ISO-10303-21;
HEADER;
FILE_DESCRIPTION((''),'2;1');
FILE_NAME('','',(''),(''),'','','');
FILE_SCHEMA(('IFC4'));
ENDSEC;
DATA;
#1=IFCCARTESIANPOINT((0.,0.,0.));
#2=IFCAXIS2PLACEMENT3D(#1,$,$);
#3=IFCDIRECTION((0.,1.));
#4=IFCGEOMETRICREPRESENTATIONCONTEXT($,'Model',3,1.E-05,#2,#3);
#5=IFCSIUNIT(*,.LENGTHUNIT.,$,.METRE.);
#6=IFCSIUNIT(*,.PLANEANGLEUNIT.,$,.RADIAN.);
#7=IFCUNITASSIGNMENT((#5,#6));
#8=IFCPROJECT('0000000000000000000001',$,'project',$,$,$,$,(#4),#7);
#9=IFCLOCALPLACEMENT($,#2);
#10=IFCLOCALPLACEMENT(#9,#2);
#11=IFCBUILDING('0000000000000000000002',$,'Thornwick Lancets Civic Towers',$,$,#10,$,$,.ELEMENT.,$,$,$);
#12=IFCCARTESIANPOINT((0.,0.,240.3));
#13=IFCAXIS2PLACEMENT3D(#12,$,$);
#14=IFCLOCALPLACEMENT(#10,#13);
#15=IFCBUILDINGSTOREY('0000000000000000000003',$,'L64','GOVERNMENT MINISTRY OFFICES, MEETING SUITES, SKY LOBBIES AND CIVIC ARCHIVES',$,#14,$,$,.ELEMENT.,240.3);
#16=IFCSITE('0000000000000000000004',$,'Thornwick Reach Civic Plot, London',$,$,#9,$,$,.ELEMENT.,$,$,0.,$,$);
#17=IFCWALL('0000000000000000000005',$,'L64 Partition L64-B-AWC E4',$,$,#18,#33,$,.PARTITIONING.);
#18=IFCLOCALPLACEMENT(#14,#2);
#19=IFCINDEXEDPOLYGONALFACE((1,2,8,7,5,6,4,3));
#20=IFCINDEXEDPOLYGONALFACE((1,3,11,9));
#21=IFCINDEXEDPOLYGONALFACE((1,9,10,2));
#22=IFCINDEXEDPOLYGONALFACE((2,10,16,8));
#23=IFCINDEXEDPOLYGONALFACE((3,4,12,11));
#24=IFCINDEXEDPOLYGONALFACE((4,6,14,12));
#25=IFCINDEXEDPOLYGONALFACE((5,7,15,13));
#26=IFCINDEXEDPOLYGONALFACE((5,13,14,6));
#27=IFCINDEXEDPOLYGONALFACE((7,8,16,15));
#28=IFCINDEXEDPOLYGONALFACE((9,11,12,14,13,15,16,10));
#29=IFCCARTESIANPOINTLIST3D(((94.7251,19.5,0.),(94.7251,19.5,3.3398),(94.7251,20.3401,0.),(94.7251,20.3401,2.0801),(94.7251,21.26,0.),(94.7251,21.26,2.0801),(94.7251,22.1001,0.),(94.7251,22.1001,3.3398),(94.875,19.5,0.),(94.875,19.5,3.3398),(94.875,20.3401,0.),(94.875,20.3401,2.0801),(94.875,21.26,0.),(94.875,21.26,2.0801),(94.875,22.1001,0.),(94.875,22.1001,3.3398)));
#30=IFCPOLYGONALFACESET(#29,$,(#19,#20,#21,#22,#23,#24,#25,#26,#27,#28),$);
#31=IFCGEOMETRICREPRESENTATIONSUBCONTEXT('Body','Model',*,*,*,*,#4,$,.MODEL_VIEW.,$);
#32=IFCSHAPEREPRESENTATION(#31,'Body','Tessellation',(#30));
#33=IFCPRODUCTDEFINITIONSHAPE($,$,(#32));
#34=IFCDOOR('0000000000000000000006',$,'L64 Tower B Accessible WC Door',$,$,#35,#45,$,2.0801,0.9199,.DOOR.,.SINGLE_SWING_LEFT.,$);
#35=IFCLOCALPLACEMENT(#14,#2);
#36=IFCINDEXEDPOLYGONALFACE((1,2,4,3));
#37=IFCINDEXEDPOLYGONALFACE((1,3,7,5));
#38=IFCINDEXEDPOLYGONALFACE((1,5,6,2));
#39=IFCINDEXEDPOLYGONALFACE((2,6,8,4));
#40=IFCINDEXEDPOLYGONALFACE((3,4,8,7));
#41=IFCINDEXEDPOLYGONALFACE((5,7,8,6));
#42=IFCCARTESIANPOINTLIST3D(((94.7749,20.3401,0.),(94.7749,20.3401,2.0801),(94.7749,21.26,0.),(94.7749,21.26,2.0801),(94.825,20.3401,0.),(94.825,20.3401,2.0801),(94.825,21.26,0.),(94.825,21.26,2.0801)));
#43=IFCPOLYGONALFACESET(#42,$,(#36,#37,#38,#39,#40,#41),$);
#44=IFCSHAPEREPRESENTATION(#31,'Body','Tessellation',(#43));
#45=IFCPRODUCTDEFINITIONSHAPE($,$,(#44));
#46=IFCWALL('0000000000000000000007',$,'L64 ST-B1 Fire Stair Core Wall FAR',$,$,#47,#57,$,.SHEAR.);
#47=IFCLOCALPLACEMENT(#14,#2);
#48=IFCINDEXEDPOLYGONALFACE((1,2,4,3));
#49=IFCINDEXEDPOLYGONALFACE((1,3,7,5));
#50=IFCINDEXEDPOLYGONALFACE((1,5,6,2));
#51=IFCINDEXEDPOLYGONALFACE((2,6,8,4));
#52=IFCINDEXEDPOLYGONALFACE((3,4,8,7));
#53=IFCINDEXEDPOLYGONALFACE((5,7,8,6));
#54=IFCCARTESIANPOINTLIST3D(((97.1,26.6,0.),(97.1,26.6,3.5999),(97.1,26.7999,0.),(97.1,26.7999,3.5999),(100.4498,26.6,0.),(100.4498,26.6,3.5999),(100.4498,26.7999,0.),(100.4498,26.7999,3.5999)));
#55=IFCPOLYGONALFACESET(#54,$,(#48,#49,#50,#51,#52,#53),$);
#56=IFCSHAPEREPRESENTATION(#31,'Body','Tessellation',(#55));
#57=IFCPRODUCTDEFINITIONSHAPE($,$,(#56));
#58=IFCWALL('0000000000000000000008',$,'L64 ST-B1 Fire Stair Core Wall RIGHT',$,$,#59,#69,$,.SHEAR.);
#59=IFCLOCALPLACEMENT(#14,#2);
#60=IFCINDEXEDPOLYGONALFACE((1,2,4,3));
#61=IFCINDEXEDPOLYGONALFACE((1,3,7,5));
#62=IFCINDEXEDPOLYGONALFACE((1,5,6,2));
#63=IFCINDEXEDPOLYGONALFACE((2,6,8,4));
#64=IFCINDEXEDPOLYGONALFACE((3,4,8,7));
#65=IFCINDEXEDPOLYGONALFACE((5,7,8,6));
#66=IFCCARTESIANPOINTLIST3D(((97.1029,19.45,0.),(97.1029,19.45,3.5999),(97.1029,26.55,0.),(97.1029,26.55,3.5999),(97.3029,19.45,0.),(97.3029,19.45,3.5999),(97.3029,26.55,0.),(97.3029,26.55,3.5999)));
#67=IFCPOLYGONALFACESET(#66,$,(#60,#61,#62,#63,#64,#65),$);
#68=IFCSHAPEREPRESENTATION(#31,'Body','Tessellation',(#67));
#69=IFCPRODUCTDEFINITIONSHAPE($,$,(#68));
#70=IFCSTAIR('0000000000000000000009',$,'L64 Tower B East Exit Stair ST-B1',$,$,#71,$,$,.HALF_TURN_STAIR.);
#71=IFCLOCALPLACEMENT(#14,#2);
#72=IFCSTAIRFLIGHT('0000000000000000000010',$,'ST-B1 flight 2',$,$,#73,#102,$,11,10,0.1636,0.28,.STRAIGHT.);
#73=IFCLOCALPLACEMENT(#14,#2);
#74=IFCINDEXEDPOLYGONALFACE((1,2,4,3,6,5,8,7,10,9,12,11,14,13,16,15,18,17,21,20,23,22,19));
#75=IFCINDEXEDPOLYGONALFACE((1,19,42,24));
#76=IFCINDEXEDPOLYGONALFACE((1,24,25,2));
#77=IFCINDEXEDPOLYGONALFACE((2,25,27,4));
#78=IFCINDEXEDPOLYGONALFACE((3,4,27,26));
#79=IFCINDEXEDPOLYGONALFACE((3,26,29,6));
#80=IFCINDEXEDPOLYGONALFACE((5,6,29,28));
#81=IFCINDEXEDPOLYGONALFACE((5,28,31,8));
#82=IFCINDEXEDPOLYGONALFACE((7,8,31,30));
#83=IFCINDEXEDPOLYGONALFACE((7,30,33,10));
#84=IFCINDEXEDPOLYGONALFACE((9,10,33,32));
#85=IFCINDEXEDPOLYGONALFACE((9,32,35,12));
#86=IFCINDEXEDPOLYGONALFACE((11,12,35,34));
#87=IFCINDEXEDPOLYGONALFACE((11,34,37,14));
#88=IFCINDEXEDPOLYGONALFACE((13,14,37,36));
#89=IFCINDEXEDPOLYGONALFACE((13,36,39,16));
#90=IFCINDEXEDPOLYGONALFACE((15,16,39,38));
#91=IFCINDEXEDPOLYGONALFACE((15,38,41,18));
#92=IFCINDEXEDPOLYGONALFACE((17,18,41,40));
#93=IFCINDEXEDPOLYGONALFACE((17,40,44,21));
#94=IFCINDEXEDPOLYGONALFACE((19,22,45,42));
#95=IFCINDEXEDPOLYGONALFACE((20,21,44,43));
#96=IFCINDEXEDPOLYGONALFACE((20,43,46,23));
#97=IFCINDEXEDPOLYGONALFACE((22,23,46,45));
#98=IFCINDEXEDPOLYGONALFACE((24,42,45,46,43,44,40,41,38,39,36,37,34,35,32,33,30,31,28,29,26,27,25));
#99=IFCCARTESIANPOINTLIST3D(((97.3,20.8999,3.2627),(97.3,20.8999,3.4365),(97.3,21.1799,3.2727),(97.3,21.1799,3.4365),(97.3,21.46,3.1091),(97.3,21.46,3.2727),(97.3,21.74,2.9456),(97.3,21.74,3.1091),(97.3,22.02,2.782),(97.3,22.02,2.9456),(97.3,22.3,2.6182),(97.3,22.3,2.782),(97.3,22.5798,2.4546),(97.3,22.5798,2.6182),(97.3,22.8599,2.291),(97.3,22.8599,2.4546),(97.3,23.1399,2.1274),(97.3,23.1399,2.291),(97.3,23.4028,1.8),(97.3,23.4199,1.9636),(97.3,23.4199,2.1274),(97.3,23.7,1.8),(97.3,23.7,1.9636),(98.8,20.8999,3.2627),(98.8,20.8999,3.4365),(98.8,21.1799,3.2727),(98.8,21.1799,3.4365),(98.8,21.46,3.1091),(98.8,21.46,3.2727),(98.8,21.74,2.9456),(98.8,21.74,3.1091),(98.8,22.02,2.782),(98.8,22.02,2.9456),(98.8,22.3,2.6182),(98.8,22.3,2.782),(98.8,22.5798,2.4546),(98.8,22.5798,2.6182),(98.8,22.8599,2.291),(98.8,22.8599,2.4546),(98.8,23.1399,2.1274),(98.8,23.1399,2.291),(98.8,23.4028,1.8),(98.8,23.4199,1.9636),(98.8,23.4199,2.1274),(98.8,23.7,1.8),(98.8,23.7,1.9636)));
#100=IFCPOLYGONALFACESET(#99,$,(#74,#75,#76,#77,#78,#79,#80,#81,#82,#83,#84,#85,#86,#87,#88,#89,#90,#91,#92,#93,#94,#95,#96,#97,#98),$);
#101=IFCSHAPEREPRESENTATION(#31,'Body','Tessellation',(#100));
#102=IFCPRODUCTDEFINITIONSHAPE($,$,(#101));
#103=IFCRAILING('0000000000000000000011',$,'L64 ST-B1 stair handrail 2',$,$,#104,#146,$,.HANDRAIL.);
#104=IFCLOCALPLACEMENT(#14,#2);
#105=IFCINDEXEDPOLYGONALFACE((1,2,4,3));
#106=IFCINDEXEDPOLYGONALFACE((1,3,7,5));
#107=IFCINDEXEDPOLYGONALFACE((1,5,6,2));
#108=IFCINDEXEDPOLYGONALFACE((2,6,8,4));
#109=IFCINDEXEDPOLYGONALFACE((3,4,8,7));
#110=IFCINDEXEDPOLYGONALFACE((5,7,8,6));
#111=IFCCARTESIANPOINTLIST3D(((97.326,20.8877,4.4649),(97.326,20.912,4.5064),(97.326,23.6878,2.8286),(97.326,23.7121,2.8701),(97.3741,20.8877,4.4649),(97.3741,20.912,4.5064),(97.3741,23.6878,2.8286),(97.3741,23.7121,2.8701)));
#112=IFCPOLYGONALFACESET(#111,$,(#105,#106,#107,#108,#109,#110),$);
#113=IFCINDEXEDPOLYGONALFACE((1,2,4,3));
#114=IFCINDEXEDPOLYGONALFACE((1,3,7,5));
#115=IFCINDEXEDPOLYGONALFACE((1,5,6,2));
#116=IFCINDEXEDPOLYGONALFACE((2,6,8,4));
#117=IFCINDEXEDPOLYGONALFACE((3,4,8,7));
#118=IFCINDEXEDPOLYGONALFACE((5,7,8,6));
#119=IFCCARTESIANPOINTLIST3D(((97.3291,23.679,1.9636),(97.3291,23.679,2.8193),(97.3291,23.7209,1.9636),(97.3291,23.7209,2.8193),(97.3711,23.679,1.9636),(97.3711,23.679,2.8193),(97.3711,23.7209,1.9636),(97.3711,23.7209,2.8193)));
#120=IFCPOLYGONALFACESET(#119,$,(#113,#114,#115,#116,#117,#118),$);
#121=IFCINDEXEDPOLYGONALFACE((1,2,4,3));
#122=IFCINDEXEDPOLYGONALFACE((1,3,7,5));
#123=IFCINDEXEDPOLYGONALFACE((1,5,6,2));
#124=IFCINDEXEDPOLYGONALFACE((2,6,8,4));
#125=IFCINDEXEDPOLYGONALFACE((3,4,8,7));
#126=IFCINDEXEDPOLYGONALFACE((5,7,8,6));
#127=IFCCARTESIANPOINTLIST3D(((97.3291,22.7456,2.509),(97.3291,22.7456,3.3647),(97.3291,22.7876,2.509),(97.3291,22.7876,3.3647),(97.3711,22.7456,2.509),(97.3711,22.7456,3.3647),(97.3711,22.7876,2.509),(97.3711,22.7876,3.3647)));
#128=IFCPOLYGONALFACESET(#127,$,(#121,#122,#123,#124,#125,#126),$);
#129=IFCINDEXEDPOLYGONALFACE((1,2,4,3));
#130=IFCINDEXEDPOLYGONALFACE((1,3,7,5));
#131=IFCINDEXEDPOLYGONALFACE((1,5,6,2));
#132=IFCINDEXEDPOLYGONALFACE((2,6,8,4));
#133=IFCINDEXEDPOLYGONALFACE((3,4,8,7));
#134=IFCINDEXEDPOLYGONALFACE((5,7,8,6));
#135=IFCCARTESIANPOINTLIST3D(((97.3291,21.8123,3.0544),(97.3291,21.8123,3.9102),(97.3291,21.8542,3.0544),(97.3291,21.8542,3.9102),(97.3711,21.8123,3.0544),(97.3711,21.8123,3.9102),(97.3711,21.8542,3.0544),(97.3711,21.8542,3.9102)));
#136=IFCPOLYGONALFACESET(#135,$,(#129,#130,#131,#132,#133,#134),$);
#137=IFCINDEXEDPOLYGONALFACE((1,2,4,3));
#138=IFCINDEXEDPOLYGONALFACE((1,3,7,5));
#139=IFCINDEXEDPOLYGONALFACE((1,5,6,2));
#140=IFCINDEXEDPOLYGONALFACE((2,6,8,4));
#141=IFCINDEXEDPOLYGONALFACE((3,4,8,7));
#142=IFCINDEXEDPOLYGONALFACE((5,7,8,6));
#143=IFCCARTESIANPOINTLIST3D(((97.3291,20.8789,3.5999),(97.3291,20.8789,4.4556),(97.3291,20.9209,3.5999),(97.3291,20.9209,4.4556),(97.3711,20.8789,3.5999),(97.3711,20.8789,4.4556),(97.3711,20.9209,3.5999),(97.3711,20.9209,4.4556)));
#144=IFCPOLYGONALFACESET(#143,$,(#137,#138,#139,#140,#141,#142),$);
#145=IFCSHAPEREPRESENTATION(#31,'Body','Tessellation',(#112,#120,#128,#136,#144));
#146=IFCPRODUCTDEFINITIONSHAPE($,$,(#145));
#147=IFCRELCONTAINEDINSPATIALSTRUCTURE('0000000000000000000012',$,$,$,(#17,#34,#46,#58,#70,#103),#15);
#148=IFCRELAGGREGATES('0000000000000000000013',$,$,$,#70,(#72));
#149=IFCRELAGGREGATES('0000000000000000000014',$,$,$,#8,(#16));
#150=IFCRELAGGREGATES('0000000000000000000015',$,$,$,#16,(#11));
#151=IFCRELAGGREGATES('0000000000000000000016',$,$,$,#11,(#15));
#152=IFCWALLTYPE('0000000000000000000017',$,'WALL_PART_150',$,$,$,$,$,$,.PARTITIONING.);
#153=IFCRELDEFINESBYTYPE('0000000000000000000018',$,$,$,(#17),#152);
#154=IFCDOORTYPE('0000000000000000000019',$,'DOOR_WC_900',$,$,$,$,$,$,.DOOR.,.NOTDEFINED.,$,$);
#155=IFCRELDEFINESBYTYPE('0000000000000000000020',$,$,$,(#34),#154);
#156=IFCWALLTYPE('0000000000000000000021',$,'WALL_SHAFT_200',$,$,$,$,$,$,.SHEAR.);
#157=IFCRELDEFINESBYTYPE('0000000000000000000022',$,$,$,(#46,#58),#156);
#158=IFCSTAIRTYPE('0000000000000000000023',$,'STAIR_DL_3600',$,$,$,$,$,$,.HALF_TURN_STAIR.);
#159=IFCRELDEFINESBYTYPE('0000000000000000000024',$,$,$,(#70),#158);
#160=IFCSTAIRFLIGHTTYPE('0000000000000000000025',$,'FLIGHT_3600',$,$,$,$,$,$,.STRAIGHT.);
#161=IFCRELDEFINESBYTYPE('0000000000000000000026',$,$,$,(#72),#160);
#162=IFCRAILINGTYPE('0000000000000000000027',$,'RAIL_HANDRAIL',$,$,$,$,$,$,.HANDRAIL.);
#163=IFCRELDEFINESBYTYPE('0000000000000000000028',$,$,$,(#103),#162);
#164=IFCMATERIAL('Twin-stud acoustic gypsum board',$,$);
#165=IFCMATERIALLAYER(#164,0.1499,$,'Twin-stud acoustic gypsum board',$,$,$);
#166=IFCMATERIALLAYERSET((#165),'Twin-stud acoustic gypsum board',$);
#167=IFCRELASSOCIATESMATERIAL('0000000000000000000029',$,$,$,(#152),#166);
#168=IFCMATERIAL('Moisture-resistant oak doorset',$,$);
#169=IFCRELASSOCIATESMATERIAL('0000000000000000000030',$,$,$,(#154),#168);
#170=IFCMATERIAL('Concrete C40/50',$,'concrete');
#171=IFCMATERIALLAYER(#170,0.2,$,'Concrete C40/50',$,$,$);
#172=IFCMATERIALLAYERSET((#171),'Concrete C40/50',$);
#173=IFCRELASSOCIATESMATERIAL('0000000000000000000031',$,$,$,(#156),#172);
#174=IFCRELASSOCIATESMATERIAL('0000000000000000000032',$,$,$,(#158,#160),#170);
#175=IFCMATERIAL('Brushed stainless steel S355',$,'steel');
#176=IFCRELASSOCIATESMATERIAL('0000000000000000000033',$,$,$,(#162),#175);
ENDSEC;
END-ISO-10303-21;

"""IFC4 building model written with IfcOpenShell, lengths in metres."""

from ifc_helpers import new_model, si_unit, direction, frame, frame_2d, origin, origin_2d, place, context, subcontext, project, spatial, polyline, rectangle, outline, extrude, material, layer, layer_set, type_object, element, fill, aggregate, save


model = new_model("IFC4")

# Units and contexts
model_context = context("Model", 3, precision=1e-05, world=origin(), true_north=direction((0.0, 1.0)))
body_context = subcontext(model_context, "Body", "Model", "MODEL_VIEW")
ifc_project = project(units=[si_unit("LENGTHUNIT", "METRE"), si_unit("PLANEANGLEUNIT", "RADIAN")], contexts=[model_context])

# Site, building, storey
site_placement = place(None, origin())
site = spatial("IfcSite", under=ifc_project, at=site_placement, Name="Thornwick Reach Civic Plot, London", CompositionType="ELEMENT", RefElevation=0.0)
building_placement = place(site_placement, origin())
building = spatial("IfcBuilding", under=site, at=building_placement, Name="Thornwick Lancets Civic Towers", CompositionType="ELEMENT")
storey_placement = place(building_placement, frame((0.0, 0.0, 240.3)))
storey = spatial("IfcBuildingStorey", under=building, at=storey_placement, Name="L64", Description="GOVERNMENT MINISTRY OFFICES, MEETING SUITES, SKY LOBBIES AND CIVIC ARCHIVES", CompositionType="ELEMENT", Elevation=240.3)

# Shared definitions
ifc_material_1 = material(Name="Twin-stud acoustic gypsum board")
ifc_layer_1 = layer(ifc_material_1, 0.1499, Name="Twin-stud acoustic gypsum board")
ifc_layer_set_1 = layer_set([ifc_layer_1], Name="Twin-stud acoustic gypsum board")
wall_type_1 = type_object("IfcWallType", Name="WALL_PART_150", PredefinedType="PARTITIONING", material=ifc_layer_set_1)

# Wall, opening, door
wall_1_placement = place(storey_placement, frame((94.8, 22.1001, 0.0), z_axis=(0.0, 0.0, 1.0), x_axis=(0.0, -1.0, 0.0)))
wall_1 = element("IfcWall", 1, at=wall_1_placement, inside=storey, type_object=wall_type_1, Name="L64 Partition L64-B-AWC E4", PredefinedType="PARTITIONING", context=body_context, shape_type="SweptSolid", body=[
    extrude(rectangle(XDim=2.6001, YDim=0.1499, at=frame_2d((1.3, 0.0))), origin(), (0.0, 0.0, 1.0), 3.3398),
])
opening_1_placement = place(wall_1_placement, frame((0.8401, 0.0, 0.0)))
opening_1 = element("IfcOpeningElement", 2, at=opening_1_placement, cuts=wall_1, PredefinedType="OPENING", context=body_context, shape_type="SweptSolid", body=[
    extrude(rectangle(XDim=0.9199, YDim=2.0801, at=frame_2d((0.46, 1.04))), frame((0.0, 0.085, 0.0), z_axis=(0.0, -1.0, 0.0), x_axis=(1.0, 0.0, 0.0)), (0.0, 0.0, 1.0), 0.1699),
])
ifc_material_2 = material(Name="Moisture-resistant oak doorset")
door_type_1 = type_object("IfcDoorType", Name="DOOR_WC_900", OperationType="NOTDEFINED", PredefinedType="DOOR", material=ifc_material_2)
door_1_placement = place(opening_1_placement, origin())
door_1 = element("IfcDoor", 3, at=door_1_placement, inside=storey, type_object=door_type_1, Name="L64 Tower B Accessible WC Door", OperationType="SINGLE_SWING_LEFT", OverallHeight=2.0801, OverallWidth=0.9199, PredefinedType="DOOR", context=body_context, shape_type="SweptSolid", body=[
    extrude(rectangle(XDim=0.9199, YDim=2.0801, at=frame_2d((0.46, 1.04))), frame((0.0, 0.0249, 0.0), z_axis=(0.0, -1.0, 0.0), x_axis=(1.0, 0.0, 0.0)), (0.0, 0.0, 1.0), 0.05),
])
fill(opening_1, door_1)

# Walls
ifc_material_3 = material(Name="Concrete C40/50", Category="concrete")
ifc_layer_2 = layer(ifc_material_3, 0.2, Name="Concrete C40/50")
ifc_layer_set_2 = layer_set([ifc_layer_2], Name="Concrete C40/50")
wall_type_2 = type_object("IfcWallType", Name="WALL_SHAFT_200", PredefinedType="SHEAR", material=ifc_layer_set_2)
wall_2_placement = place(storey_placement, frame((97.1001, 26.7, 0.0), z_axis=(0.0, 0.0, 1.0), x_axis=(1.0, 0.0, 0.0)))
element("IfcWall", 4, at=wall_2_placement, inside=storey, type_object=wall_type_2, Name="L64 ST-B1 Fire Stair Core Wall FAR", PredefinedType="SHEAR", context=body_context, shape_type="SweptSolid", body=[
    extrude(rectangle(XDim=3.3499, YDim=0.2, at=frame_2d((1.6748, 0.0))), origin(), (0.0, 0.0, 1.0), 3.5999),
])
wall_3_placement = place(storey_placement, frame((97.2029, 26.55, 0.0), z_axis=(0.0, 0.0, 1.0), x_axis=(0.0, -1.0, 0.0)))
element("IfcWall", 5, at=wall_3_placement, inside=storey, type_object=wall_type_2, Name="L64 ST-B1 Fire Stair Core Wall RIGHT", PredefinedType="SHEAR", context=body_context, shape_type="SweptSolid", body=[
    extrude(rectangle(XDim=7.1001, YDim=0.2, at=frame_2d((3.55, 0.0))), origin(), (0.0, 0.0, 1.0), 3.5999),
])

# Stair, stair flight
stair_type = type_object("IfcStairType", Name="STAIR_DL_3600", PredefinedType="HALF_TURN_STAIR", material=ifc_material_3)
stair_placement = place(storey_placement, origin())
stair = element("IfcStair", 6, at=stair_placement, inside=storey, type_object=stair_type, Name="L64 Tower B East Exit Stair ST-B1", PredefinedType="HALF_TURN_STAIR")
stair_flight_type = type_object("IfcStairFlightType", Name="FLIGHT_3600", PredefinedType="STRAIGHT", material=ifc_material_3)
stair_flight_placement = place(storey_placement, frame((98.05, 23.7, 1.8), z_axis=(0.0, 0.0, 1.0), x_axis=(0.0, -1.0, 0.0)))
stair_flight = element("IfcStairFlight", 7, at=stair_flight_placement, type_object=stair_flight_type, Name="ST-B1 flight 2", NumberOfRisers=11, NumberOfTreads=10, PredefinedType="STRAIGHT", RiserHeight=0.1636, TreadLength=0.28, context=body_context, shape_type="SweptSolid", body=[
    extrude(outline(polyline([(0.0, 0.0), (0.0, 0.1636), (0.28, 0.1636), (0.28, 0.3274), (0.5601, 0.3274), (0.5601, 0.491), (0.8401, 0.491), (0.8401, 0.6545), (1.1201, 0.6545), (1.1201, 0.8181), (1.3999, 0.8181), (1.3999, 0.9819), (1.6799, 0.9819), (1.6799, 1.1455), (1.96, 1.1455), (1.96, 1.3091), (2.24, 1.3091), (2.24, 1.4727), (2.52, 1.4727), (2.52, 1.6365), (2.8, 1.6365), (2.8, 1.8), (2.8, 1.4626), (0.2971, 0.0), (0.0, 0.0)])), frame((0.0, 0.75, 0.0), z_axis=(0.0, -1.0, 0.0), x_axis=(1.0, 0.0, 0.0)), (0.0, 0.0, 1.0), 1.5),
])
aggregate(stair, [stair_flight])

# Railing
ifc_material_4 = material(Name="Brushed stainless steel S355", Category="steel")
railing_type_1 = type_object("IfcRailingType", Name="RAIL_HANDRAIL", PredefinedType="HANDRAIL", material=ifc_material_4)
railing_1_placement = place(storey_placement, frame((97.3501, 23.7, 1.9636)))
element("IfcRailing", 8, at=railing_1_placement, inside=storey, type_object=railing_type_1, Name="L64 ST-B1 stair handrail 2", PredefinedType="HANDRAIL", context=body_context, shape_type="SweptSolid", body=[
    extrude(rectangle(XDim=0.0481, YDim=0.0481, at=origin_2d()), frame((0.0, 0.0, 0.8857), z_axis=(0.0, -0.863394, 0.504531), x_axis=(1.0, 0.0, 0.0)), (0.0, 0.0, 1.0), 3.2432),
    extrude(rectangle(XDim=0.042, YDim=0.042, at=origin_2d()), origin(), (0.0, 0.0, 1.0), 0.8557),
    extrude(rectangle(XDim=0.042, YDim=0.042, at=origin_2d()), frame((0.0, -0.9333, 0.5454)), (0.0, 0.0, 1.0), 0.8557),
    extrude(rectangle(XDim=0.042, YDim=0.042, at=origin_2d()), frame((0.0, -1.8667, 1.0908)), (0.0, 0.0, 1.0), 0.8557),
    extrude(rectangle(XDim=0.042, YDim=0.042, at=origin_2d()), frame((0.0, -2.8, 1.6362)), (0.0, 0.0, 1.0), 0.8557),
])

save(model, "model.ifc")
